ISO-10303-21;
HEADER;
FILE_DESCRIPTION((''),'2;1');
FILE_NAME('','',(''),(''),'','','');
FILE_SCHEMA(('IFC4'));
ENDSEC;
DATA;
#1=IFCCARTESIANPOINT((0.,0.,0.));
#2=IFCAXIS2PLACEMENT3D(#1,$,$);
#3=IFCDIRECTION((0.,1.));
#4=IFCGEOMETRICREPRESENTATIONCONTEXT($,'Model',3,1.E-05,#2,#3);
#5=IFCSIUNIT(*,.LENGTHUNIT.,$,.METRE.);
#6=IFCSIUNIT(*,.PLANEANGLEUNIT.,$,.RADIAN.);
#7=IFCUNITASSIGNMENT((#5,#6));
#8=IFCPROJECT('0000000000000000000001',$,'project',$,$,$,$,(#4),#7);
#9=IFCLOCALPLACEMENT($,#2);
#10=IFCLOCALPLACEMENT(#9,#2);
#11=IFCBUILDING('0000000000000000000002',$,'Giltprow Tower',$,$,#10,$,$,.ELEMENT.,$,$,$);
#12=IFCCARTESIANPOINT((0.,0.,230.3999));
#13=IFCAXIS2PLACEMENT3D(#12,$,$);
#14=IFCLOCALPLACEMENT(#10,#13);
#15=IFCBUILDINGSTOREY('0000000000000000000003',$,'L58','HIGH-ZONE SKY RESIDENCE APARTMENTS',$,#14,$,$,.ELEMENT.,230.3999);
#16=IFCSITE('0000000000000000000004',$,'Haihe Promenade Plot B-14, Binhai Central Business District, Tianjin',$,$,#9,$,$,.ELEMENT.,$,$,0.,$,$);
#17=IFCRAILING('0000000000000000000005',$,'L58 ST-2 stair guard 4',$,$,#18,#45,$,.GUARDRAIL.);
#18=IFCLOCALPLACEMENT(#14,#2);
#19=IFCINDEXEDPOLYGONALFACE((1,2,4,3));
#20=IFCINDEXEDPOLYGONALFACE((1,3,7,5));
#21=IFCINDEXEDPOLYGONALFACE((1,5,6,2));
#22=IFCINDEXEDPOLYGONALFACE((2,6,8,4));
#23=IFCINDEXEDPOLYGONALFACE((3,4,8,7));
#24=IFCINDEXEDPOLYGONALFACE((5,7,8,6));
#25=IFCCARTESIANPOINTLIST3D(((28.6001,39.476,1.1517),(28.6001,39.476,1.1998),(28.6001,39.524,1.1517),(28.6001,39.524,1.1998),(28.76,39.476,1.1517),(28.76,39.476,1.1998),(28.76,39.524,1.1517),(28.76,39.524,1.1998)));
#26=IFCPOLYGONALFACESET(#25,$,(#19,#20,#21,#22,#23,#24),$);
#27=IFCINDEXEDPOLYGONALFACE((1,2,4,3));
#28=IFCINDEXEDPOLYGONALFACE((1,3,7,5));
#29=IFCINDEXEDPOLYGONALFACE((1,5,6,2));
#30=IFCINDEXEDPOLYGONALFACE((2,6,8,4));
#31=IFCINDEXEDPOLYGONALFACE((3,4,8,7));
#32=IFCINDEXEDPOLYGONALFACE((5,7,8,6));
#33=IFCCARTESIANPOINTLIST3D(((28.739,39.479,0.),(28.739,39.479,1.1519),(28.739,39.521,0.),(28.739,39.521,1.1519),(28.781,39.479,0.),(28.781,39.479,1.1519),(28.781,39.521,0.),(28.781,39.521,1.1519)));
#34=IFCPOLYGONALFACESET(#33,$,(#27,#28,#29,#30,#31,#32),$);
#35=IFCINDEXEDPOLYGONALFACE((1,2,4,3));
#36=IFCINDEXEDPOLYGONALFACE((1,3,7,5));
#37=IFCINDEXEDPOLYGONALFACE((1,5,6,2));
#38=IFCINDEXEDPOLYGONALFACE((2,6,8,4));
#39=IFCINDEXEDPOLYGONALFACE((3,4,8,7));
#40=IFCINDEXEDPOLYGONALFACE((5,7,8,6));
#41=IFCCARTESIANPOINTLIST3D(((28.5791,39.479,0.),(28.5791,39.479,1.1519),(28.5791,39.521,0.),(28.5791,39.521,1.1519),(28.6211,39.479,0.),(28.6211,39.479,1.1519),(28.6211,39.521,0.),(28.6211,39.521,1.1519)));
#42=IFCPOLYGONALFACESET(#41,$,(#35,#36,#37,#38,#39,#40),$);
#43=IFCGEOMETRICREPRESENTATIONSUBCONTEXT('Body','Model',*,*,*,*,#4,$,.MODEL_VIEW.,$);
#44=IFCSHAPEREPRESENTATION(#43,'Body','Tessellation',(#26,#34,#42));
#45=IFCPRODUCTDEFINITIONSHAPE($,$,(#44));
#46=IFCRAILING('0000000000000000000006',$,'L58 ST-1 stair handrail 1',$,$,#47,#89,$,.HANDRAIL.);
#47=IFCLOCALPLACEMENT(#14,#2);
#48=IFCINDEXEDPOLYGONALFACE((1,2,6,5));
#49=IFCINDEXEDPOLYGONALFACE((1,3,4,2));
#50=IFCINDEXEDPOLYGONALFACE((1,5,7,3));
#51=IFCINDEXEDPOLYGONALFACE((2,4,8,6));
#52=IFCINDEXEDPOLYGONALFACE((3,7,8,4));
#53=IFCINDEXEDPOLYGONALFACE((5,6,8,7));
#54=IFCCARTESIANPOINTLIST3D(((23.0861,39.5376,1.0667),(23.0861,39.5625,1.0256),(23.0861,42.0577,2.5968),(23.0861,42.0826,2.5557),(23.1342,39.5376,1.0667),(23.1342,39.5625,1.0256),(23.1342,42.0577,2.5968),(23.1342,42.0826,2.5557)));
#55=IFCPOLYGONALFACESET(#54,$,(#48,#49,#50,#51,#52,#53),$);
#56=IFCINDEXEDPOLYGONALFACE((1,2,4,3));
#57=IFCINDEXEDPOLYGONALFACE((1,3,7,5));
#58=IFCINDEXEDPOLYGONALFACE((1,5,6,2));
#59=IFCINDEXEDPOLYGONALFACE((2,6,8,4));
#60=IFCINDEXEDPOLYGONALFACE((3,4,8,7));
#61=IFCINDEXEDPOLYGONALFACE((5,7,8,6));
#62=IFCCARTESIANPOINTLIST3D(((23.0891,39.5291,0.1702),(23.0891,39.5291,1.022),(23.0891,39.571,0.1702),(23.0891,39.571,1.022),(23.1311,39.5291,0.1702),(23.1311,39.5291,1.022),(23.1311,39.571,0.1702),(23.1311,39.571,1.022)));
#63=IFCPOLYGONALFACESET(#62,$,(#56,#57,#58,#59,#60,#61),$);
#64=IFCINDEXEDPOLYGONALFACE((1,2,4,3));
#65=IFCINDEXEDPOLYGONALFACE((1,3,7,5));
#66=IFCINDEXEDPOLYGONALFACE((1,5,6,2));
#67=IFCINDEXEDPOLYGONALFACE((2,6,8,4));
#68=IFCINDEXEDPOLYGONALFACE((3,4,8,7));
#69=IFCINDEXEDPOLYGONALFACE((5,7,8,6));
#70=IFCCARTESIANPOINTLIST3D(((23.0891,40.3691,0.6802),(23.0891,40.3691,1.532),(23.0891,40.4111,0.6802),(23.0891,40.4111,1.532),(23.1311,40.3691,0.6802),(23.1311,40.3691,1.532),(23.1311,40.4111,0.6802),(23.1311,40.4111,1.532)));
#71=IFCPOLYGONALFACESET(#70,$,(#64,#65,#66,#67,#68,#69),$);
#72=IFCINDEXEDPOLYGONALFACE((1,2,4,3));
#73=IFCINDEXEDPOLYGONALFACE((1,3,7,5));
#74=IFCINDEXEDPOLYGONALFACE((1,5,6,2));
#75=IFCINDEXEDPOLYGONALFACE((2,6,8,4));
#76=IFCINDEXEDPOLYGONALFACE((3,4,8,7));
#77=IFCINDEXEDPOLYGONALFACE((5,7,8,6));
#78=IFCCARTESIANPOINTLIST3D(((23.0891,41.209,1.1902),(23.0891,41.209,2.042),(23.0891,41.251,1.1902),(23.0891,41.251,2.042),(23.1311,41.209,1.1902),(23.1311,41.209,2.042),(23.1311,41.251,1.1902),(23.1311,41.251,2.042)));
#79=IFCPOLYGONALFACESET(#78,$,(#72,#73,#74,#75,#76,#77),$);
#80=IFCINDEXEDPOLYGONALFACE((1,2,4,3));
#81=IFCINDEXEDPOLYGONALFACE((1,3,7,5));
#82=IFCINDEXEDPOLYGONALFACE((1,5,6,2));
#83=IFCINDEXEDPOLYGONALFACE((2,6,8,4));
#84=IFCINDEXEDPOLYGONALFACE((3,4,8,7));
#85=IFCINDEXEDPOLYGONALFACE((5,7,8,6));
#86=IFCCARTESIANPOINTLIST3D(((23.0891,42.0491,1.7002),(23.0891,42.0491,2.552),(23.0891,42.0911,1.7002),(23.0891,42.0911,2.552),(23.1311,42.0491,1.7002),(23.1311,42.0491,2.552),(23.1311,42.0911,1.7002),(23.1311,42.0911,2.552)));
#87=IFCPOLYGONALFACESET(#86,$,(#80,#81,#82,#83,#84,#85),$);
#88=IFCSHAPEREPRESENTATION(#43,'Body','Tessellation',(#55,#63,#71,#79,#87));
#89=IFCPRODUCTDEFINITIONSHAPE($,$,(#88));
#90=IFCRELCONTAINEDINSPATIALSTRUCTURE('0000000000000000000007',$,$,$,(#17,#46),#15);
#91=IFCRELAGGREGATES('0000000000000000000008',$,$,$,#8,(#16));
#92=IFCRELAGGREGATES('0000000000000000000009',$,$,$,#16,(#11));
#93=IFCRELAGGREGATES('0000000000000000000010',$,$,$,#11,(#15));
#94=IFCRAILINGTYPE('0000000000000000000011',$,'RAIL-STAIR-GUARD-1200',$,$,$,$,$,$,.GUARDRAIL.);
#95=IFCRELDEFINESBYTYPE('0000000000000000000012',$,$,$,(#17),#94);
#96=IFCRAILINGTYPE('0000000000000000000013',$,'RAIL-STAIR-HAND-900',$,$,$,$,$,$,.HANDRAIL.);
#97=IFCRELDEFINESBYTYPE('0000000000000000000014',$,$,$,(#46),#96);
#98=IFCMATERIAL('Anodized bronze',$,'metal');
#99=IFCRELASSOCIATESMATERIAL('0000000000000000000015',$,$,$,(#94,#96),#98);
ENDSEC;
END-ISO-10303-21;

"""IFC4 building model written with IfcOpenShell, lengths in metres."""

from ifc_helpers import new_model, si_unit, direction, frame, origin, origin_2d, place, context, subcontext, project, spatial, rectangle, extrude, material, type_object, element, save


model = new_model("IFC4")

# Units and contexts
model_context = context("Model", 3, precision=1e-05, world=origin(), true_north=direction((0.0, 1.0)))
body_context = subcontext(model_context, "Body", "Model", "MODEL_VIEW")
ifc_project = project(units=[si_unit("LENGTHUNIT", "METRE"), si_unit("PLANEANGLEUNIT", "RADIAN")], contexts=[model_context])

# Site, building, storey
site_placement = place(None, origin())
site = spatial("IfcSite", under=ifc_project, at=site_placement, Name="Haihe Promenade Plot B-14, Binhai Central Business District, Tianjin", CompositionType="ELEMENT", RefElevation=0.0)
building_placement = place(site_placement, origin())
building = spatial("IfcBuilding", under=site, at=building_placement, Name="Giltprow Tower", CompositionType="ELEMENT")
storey_placement = place(building_placement, frame((0.0, 0.0, 230.3999)))
storey = spatial("IfcBuildingStorey", under=building, at=storey_placement, Name="L58", Description="HIGH-ZONE SKY RESIDENCE APARTMENTS", CompositionType="ELEMENT", Elevation=230.3999)

# Railings
ifc_material_1 = material(Name="Anodized bronze", Category="metal")
railing_type_1 = type_object("IfcRailingType", Name="RAIL-STAIR-GUARD-1200", PredefinedType="GUARDRAIL", material=ifc_material_1)
railing_1_placement = place(storey_placement, frame((28.76, 39.5, 0.0)))
element("IfcRailing", 1, at=railing_1_placement, inside=storey, type_object=railing_type_1, Name="L58 ST-2 stair guard 4", PredefinedType="GUARDRAIL", context=body_context, shape_type="SweptSolid", body=[
    extrude(rectangle(XDim=0.0481, YDim=0.0481, at=origin_2d()), frame((0.0, 0.0, 1.1758), z_axis=(-1.0, 0.0, 0.0), x_axis=(0.0, -1.0, 0.0)), (0.0, 0.0, 1.0), 0.1599),
    extrude(rectangle(XDim=0.042, YDim=0.042, at=origin_2d()), origin(), (0.0, 0.0, 1.0), 1.1519),
    extrude(rectangle(XDim=0.042, YDim=0.042, at=origin_2d()), frame((-0.1599, 0.0, 0.0)), (0.0, 0.0, 1.0), 1.1519),
])
railing_type_2 = type_object("IfcRailingType", Name="RAIL-STAIR-HAND-900", PredefinedType="HANDRAIL", material=ifc_material_1)
railing_2_placement = place(storey_placement, frame((23.1101, 39.55, 0.1702)))
element("IfcRailing", 2, at=railing_2_placement, inside=storey, type_object=railing_type_2, Name="L58 ST-1 stair handrail 1", PredefinedType="HANDRAIL", context=body_context, shape_type="SweptSolid", body=[
    extrude(rectangle(XDim=0.0481, YDim=0.0481, at=origin_2d()), frame((0.0, 0.0, 0.876), z_axis=(0.0, 0.854785, 0.518982), x_axis=(-1.0, 0.0, 0.0)), (0.0, 0.0, 1.0), 2.9482),
    extrude(rectangle(XDim=0.042, YDim=0.042, at=origin_2d()), origin(), (0.0, 0.0, 1.0), 0.8518),
    extrude(rectangle(XDim=0.042, YDim=0.042, at=origin_2d()), frame((0.0, 0.8401, 0.51)), (0.0, 0.0, 1.0), 0.8518),
    extrude(rectangle(XDim=0.042, YDim=0.042, at=origin_2d()), frame((0.0, 1.6799, 1.02)), (0.0, 0.0, 1.0), 0.8518),
    extrude(rectangle(XDim=0.042, YDim=0.042, at=origin_2d()), frame((0.0, 2.52, 1.53)), (0.0, 0.0, 1.0), 0.8518),
])

save(model, "model.ifc")
